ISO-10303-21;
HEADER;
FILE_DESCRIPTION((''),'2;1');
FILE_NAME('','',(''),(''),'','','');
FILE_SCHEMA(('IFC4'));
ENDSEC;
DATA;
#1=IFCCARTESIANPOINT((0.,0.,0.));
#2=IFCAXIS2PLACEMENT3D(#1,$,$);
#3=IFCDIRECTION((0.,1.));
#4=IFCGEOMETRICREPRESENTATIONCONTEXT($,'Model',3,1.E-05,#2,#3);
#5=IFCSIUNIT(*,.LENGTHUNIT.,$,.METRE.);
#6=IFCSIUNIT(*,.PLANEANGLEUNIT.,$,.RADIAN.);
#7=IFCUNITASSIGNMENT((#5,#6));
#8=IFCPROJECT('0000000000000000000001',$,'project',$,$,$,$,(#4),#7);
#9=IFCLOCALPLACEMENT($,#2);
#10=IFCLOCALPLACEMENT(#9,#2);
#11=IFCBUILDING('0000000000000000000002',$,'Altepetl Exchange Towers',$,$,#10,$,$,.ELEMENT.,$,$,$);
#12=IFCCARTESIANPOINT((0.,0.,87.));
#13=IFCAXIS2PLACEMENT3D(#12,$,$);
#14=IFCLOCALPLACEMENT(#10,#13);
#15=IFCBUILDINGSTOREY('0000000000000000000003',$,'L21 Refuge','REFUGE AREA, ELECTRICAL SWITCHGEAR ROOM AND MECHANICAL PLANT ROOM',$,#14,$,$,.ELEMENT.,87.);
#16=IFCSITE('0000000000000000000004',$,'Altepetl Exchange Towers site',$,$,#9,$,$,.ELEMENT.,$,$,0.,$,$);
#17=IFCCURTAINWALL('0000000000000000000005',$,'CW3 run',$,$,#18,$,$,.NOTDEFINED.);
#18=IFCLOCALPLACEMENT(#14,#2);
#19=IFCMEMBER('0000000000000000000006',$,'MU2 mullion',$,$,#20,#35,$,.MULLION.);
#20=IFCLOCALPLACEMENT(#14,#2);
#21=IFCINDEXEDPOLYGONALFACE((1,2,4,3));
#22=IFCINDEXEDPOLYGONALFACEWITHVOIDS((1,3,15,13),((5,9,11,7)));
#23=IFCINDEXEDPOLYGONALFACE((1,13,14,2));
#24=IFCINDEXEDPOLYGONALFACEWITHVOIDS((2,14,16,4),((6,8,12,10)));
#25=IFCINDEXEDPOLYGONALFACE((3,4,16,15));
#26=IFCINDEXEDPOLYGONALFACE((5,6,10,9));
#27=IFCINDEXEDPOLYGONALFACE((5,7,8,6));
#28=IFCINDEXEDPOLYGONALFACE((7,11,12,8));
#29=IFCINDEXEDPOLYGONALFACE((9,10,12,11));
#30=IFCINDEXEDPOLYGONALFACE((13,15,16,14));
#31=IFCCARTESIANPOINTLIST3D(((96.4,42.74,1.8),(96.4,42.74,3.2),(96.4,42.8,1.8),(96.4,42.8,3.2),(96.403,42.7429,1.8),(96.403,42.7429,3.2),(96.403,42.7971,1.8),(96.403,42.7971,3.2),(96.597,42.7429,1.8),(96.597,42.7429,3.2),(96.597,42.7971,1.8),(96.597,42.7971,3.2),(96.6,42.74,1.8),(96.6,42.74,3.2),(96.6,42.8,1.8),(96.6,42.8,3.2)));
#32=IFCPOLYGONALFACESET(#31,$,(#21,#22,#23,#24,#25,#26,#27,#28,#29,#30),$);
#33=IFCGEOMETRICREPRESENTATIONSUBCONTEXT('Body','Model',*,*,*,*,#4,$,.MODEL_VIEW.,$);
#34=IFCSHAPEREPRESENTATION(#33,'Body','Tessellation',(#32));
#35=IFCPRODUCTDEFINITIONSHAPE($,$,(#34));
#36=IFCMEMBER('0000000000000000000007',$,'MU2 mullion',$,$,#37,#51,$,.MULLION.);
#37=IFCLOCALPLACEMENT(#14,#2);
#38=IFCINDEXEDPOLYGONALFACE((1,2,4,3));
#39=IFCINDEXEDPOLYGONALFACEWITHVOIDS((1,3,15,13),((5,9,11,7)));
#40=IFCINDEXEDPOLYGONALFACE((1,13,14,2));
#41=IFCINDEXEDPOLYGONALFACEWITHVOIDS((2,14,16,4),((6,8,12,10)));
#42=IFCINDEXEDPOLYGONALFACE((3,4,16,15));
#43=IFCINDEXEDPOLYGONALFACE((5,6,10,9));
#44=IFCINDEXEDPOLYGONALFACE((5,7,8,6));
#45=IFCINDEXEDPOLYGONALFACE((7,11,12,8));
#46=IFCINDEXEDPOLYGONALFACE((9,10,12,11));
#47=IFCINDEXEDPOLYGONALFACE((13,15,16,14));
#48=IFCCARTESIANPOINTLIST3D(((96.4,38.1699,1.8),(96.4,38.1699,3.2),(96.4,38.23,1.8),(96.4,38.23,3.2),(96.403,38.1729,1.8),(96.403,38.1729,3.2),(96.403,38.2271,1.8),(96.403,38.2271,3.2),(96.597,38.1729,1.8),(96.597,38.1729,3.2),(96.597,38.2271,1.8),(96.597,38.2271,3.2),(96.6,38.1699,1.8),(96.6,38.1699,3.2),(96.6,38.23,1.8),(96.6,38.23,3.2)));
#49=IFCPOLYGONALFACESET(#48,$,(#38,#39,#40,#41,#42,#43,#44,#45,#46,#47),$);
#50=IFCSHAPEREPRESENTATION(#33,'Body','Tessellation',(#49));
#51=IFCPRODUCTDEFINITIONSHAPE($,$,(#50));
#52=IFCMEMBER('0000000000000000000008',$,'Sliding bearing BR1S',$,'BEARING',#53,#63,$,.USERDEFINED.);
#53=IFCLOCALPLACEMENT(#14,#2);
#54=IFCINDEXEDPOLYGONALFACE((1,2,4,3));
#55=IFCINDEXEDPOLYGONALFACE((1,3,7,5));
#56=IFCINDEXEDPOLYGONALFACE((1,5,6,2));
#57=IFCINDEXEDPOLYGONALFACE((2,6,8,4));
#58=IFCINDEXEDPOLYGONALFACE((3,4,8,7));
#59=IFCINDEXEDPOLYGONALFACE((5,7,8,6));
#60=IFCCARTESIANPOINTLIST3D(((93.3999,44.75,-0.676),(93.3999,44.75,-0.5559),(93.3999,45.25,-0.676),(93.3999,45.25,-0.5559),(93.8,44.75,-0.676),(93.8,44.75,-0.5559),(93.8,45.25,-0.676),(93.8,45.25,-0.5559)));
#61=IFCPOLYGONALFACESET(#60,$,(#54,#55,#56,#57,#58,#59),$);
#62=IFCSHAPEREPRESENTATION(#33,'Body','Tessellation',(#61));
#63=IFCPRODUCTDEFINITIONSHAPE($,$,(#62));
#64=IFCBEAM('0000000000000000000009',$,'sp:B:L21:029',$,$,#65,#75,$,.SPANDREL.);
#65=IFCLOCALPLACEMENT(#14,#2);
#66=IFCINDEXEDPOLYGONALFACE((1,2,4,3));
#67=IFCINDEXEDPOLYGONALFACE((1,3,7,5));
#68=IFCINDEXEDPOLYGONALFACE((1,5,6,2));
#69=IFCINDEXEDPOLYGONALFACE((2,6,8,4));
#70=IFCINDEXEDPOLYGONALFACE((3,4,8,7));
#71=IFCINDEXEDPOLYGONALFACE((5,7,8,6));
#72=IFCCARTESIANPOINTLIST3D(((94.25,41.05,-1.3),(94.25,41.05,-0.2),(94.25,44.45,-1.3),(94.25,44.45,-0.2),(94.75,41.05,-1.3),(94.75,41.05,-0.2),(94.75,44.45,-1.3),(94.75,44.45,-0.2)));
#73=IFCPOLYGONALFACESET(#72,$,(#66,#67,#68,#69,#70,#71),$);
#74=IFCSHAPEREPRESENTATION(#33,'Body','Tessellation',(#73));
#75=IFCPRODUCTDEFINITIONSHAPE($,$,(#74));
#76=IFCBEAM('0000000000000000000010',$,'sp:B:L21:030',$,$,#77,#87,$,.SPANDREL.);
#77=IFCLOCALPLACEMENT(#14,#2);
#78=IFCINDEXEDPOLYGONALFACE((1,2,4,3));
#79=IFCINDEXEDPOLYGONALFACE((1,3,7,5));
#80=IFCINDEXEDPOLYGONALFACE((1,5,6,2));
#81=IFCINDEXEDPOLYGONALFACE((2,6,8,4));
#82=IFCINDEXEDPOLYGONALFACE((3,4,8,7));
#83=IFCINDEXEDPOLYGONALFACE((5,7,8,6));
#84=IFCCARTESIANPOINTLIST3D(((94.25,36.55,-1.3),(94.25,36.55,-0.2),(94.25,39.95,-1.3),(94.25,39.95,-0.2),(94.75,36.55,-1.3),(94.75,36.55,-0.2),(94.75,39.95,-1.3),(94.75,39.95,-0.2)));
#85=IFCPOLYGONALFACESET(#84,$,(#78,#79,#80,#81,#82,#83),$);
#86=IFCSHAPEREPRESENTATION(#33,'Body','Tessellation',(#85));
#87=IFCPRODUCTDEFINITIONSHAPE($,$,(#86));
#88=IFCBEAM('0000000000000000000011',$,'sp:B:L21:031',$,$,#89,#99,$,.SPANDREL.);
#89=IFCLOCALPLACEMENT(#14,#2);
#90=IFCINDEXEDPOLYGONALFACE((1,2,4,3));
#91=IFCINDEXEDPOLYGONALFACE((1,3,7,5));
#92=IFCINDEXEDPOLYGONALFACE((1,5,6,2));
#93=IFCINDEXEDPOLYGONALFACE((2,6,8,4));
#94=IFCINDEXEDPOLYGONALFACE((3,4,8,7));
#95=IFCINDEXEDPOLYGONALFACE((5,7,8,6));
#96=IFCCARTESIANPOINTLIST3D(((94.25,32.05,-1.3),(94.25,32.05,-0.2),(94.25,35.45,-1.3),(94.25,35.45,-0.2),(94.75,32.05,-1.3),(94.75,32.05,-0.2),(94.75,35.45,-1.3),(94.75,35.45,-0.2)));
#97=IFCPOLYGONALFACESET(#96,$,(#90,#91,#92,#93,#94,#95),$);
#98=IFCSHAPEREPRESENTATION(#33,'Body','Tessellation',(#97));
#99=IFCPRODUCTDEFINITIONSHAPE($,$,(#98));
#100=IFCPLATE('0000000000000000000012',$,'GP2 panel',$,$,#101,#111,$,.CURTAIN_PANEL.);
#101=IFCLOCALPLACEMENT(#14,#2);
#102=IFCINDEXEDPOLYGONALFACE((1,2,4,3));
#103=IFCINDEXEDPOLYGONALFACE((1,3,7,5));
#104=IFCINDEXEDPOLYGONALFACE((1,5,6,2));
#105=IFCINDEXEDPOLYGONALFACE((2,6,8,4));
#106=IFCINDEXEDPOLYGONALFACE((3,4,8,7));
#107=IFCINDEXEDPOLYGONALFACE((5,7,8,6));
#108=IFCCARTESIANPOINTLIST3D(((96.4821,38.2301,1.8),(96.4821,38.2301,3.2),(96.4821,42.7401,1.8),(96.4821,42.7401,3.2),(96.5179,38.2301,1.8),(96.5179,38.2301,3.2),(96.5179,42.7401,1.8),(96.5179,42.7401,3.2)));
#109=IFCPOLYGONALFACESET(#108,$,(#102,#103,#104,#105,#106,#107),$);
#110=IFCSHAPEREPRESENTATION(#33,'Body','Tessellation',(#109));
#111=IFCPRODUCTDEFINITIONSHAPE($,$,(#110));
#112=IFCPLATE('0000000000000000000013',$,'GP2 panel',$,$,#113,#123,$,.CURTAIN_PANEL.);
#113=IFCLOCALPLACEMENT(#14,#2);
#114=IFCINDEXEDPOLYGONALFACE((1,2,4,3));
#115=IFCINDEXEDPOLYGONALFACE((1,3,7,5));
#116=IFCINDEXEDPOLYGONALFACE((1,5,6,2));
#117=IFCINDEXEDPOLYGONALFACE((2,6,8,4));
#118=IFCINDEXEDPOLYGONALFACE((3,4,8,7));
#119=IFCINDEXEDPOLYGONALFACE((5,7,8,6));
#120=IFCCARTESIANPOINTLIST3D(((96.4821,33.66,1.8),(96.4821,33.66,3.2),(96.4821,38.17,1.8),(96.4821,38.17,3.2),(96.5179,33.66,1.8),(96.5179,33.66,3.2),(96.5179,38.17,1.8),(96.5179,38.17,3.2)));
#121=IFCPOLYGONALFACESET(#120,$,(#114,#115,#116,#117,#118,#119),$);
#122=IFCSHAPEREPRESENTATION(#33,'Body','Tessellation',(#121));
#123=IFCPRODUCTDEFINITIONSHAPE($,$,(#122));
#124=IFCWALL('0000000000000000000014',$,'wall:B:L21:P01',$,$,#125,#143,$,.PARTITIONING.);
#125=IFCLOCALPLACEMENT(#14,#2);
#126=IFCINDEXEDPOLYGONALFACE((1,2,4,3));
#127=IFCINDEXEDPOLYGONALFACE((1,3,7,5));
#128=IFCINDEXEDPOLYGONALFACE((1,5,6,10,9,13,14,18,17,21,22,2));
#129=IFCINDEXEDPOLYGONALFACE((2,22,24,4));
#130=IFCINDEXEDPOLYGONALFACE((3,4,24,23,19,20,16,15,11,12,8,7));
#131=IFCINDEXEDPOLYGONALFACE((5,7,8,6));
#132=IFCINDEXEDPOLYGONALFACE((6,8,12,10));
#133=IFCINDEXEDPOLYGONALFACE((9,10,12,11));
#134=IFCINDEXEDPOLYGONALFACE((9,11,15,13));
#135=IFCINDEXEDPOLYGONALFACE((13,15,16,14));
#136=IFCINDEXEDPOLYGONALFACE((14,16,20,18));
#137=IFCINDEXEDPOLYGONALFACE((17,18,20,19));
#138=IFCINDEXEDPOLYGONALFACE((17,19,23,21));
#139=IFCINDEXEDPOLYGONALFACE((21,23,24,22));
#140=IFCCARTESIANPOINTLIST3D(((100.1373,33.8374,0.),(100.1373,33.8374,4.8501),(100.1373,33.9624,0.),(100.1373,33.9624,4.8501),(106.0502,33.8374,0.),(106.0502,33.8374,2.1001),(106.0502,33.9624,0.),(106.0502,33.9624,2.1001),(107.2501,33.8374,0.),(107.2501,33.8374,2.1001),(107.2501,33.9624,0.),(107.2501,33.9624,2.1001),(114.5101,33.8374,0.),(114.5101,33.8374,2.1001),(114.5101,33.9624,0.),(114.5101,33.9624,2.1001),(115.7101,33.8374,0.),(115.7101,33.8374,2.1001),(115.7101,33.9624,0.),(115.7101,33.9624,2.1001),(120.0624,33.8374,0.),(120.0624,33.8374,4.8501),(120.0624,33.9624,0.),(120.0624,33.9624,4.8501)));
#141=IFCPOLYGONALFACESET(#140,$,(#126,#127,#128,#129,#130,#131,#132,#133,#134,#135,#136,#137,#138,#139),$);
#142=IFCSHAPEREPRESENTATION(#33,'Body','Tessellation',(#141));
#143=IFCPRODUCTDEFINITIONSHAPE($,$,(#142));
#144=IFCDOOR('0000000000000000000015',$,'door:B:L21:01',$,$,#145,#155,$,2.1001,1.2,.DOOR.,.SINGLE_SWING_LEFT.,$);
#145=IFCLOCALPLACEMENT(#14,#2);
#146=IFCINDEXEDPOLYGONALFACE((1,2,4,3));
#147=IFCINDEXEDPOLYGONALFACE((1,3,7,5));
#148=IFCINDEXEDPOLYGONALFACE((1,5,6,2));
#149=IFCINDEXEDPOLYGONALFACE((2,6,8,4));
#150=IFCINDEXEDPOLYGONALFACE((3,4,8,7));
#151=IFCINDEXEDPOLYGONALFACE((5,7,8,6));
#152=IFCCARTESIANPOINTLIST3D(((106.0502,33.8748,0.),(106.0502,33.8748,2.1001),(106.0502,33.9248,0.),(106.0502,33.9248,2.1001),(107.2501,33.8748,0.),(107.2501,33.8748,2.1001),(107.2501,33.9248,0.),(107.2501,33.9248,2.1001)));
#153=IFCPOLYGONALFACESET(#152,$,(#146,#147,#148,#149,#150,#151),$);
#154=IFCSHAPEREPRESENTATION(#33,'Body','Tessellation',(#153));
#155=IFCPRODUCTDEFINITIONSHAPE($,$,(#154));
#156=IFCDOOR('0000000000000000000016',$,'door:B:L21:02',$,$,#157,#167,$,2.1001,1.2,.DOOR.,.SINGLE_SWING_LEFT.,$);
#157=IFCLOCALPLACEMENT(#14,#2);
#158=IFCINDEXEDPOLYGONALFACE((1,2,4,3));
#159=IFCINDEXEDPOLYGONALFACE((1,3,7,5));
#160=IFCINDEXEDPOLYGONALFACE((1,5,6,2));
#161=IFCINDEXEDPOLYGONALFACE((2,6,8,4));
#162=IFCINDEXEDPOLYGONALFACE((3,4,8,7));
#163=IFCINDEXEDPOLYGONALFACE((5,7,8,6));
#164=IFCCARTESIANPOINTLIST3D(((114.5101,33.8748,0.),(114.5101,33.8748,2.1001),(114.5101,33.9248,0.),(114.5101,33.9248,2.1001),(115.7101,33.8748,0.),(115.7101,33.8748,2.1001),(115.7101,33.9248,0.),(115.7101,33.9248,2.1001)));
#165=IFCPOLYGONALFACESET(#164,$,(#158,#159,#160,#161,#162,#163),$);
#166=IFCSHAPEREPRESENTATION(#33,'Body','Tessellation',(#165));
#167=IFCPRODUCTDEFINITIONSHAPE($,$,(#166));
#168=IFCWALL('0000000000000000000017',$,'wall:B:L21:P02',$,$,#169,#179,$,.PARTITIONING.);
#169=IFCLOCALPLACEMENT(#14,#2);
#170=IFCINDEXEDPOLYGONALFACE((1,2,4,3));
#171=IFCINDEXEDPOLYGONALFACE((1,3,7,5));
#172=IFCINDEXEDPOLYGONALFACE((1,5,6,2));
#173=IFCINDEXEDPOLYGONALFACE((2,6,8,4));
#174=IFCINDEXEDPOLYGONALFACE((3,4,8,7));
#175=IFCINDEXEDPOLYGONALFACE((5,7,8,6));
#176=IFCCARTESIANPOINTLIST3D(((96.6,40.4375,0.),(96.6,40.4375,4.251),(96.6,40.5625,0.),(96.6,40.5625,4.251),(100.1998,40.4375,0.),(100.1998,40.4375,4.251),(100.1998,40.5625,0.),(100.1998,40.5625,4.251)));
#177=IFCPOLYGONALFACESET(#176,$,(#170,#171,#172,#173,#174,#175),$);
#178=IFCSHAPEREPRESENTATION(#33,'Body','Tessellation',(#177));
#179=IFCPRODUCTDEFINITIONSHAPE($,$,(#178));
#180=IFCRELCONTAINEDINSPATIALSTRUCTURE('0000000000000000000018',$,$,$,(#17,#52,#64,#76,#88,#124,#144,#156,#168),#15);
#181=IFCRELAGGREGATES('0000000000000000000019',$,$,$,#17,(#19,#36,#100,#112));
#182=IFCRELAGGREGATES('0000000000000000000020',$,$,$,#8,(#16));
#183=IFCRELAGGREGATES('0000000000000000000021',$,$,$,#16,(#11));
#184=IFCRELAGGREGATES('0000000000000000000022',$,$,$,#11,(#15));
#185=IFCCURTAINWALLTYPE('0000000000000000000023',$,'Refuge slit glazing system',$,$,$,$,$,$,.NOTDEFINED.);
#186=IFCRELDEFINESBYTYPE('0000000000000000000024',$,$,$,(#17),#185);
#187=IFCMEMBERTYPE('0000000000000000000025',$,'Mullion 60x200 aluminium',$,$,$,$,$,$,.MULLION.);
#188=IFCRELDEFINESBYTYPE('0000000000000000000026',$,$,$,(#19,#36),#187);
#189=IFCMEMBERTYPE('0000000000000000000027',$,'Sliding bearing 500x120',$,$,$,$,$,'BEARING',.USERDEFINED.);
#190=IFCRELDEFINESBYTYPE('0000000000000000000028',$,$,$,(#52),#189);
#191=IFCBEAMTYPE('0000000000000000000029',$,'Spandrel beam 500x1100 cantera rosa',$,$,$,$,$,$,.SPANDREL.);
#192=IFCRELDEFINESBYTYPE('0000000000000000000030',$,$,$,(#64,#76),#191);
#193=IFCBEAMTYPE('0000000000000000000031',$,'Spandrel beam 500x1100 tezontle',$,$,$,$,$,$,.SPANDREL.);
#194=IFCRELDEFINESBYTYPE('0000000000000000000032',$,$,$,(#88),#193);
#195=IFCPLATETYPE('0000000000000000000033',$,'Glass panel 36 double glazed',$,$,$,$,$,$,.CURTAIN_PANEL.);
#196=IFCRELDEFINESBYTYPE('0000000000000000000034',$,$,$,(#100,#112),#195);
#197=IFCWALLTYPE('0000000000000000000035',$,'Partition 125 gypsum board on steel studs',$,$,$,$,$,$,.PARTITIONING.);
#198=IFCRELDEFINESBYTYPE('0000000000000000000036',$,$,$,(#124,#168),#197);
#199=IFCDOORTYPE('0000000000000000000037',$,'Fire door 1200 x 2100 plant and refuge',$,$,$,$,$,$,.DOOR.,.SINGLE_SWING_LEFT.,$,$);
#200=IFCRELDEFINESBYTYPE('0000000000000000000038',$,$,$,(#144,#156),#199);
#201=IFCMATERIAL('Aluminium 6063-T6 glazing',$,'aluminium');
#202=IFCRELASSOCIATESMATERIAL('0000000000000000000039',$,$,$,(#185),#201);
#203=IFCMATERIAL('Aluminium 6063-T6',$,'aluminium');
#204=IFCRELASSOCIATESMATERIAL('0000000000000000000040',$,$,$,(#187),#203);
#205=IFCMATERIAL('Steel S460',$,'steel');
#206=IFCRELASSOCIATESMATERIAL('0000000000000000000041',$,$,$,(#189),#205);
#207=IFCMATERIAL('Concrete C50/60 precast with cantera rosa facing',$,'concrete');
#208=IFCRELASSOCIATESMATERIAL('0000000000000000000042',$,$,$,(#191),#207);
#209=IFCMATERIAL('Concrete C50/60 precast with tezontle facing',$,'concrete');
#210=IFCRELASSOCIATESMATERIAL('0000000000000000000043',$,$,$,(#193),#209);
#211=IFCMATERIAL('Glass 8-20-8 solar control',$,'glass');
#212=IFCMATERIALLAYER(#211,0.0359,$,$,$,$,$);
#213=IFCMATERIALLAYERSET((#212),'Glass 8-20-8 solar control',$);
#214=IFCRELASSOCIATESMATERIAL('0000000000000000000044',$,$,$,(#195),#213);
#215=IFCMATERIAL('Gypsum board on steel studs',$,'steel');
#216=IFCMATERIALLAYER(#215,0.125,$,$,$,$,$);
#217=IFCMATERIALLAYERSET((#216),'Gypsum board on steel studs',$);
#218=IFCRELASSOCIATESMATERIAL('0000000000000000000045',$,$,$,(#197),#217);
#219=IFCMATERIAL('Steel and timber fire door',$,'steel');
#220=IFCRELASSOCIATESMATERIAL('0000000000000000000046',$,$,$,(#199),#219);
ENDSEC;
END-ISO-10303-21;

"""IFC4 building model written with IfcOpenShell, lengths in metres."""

from ifc_helpers import new_model, si_unit, direction, frame, frame_2d, origin, origin_2d, place, context, subcontext, project, spatial, rectangle, hollow_rectangle, extrude, material, layer, layer_set, material_profile, profile_set, type_object, element, fill, aggregate, save


model = new_model("IFC4")

# Units and contexts
model_context = context("Model", 3, precision=1e-05, world=origin(), true_north=direction((0.0, 1.0)))
body_context = subcontext(model_context, "Body", "Model", "MODEL_VIEW")
ifc_project = project(units=[si_unit("LENGTHUNIT", "METRE"), si_unit("PLANEANGLEUNIT", "RADIAN")], contexts=[model_context])

# Site, building, storey
site_placement = place(None, origin())
site = spatial("IfcSite", under=ifc_project, at=site_placement, Name="Altepetl Exchange Towers site", CompositionType="ELEMENT", RefElevation=0.0)
building_placement = place(site_placement, origin())
building = spatial("IfcBuilding", under=site, at=building_placement, Name="Altepetl Exchange Towers", CompositionType="ELEMENT")
storey_placement = place(building_placement, frame((0.0, 0.0, 87.0)))
storey = spatial("IfcBuildingStorey", under=building, at=storey_placement, Name="L21 Refuge", Description="REFUGE AREA, ELECTRICAL SWITCHGEAR ROOM AND MECHANICAL PLANT ROOM", CompositionType="ELEMENT", Elevation=87.0)

# Shared definitions
ifc_material_1 = material(Name="Aluminium 6063-T6 glazing", Category="aluminium")
ifc_material_2 = material(Name="Aluminium 6063-T6", Category="aluminium")

# Curtain wall, members
curtain_wall_type_1 = type_object("IfcCurtainWallType", Name="Refuge slit glazing system", PredefinedType="NOTDEFINED", material=ifc_material_1)
curtain_wall_1_placement = place(storey_placement, origin())
curtain_wall_1 = element("IfcCurtainWall", 1, at=curtain_wall_1_placement, inside=storey, type_object=curtain_wall_type_1, Name="CW3 run", PredefinedType="NOTDEFINED")
ifc_material_profile_1 = material_profile(ifc_material_2, hollow_rectangle(XDim=0.0601, YDim=0.2, WallThickness=0.0029, at=origin_2d()), Name="Mullion 60x200 aluminium")
ifc_profile_set_1 = profile_set([ifc_material_profile_1], Name="Aluminium 6063-T6")
member_type_1 = type_object("IfcMemberType", Name="Mullion 60x200 aluminium", PredefinedType="MULLION", material=ifc_profile_set_1)
member_1_placement = place(storey_placement, frame((96.5, 42.77, 1.8), z_axis=(0.0, 0.0, 1.0), x_axis=(0.0, -1.0, 0.0)))
member_1 = element("IfcMember", 2, at=member_1_placement, type_object=member_type_1, Name="MU2 mullion", PredefinedType="MULLION", context=body_context, shape_type="SweptSolid", body=[
    extrude(hollow_rectangle(XDim=0.0601, YDim=0.2, WallThickness=0.0029, at=origin_2d()), origin(), (0.0, 0.0, 1.0), 1.3999),
])
member_2_placement = place(storey_placement, frame((96.5, 38.2, 1.8), z_axis=(0.0, 0.0, 1.0), x_axis=(0.0, -1.0, 0.0)))
member_2 = element("IfcMember", 3, at=member_2_placement, type_object=member_type_1, Name="MU2 mullion", PredefinedType="MULLION", context=body_context, shape_type="SweptSolid", body=[
    extrude(hollow_rectangle(XDim=0.0601, YDim=0.2, WallThickness=0.0029, at=origin_2d()), origin(), (0.0, 0.0, 1.0), 1.3999),
])

# Member
ifc_material_3 = material(Name="Steel S460", Category="steel")
ifc_material_profile_2 = material_profile(ifc_material_3, rectangle(XDim=0.5, YDim=0.1201, at=origin_2d()), Name="500 x 120")
ifc_profile_set_2 = profile_set([ifc_material_profile_2], Name="Steel S460")
member_type_2 = type_object("IfcMemberType", Name="Sliding bearing 500x120", ElementType="BEARING", PredefinedType="USERDEFINED", material=ifc_profile_set_2)
member_3_placement = place(storey_placement, frame((93.3999, 45.0, -0.616), z_axis=(1.0, 0.0, 0.0), x_axis=(0.0, 1.0, 0.0)))
element("IfcMember", 4, at=member_3_placement, inside=storey, type_object=member_type_2, Name="Sliding bearing BR1S", ObjectType="BEARING", PredefinedType="USERDEFINED", context=body_context, shape_type="SweptSolid", body=[
    extrude(rectangle(XDim=0.5, YDim=0.1201, at=origin_2d()), origin(), (0.0, 0.0, 1.0), 0.4001),
])

# Beams
ifc_material_4 = material(Name="Concrete C50/60 precast with cantera rosa facing", Category="concrete")
ifc_material_profile_3 = material_profile(ifc_material_4, rectangle(XDim=0.5, YDim=1.1001, at=origin_2d()), Name="500 x 1100")
ifc_profile_set_3 = profile_set([ifc_material_profile_3], Name="Concrete C50/60 precast with cantera rosa facing")
beam_type_1 = type_object("IfcBeamType", Name="Spandrel beam 500x1100 cantera rosa", PredefinedType="SPANDREL", material=ifc_profile_set_3)
for number, where, z_axis, x_axis, name in (
    (5, (94.5, 44.45, -0.75), (0.0, -1.0, 0.0), (1.0, 0.0, 0.0), "sp:B:L21:029"),
    (6, (94.5, 39.95, -0.75), (0.0, -1.0, 0.0), (1.0, 0.0, 0.0), "sp:B:L21:030"),
):
    element("IfcBeam", number, at=place(storey_placement, frame(where, z_axis=z_axis, x_axis=x_axis)), inside=storey, type_object=beam_type_1, Name=name, PredefinedType="SPANDREL", context=body_context, shape_type="SweptSolid", body=[
        extrude(rectangle(XDim=0.5, YDim=1.1001, at=origin_2d()), origin(), (0.0, 0.0, 1.0), 3.3999),
    ])
ifc_material_5 = material(Name="Concrete C50/60 precast with tezontle facing", Category="concrete")
ifc_material_profile_4 = material_profile(ifc_material_5, rectangle(XDim=0.5, YDim=1.1001, at=origin_2d()), Name="500 x 1100")
ifc_profile_set_4 = profile_set([ifc_material_profile_4], Name="Concrete C50/60 precast with tezontle facing")
beam_type_2 = type_object("IfcBeamType", Name="Spandrel beam 500x1100 tezontle", PredefinedType="SPANDREL", material=ifc_profile_set_4)
beam_1_placement = place(storey_placement, frame((94.5, 35.45, -0.75), z_axis=(0.0, -1.0, 0.0), x_axis=(1.0, 0.0, 0.0)))
element("IfcBeam", 7, at=beam_1_placement, inside=storey, type_object=beam_type_2, Name="sp:B:L21:031", PredefinedType="SPANDREL", context=body_context, shape_type="SweptSolid", body=[
    extrude(rectangle(XDim=0.5, YDim=1.1001, at=origin_2d()), origin(), (0.0, 0.0, 1.0), 3.3999),
])

# Plates
ifc_material_6 = material(Name="Glass 8-20-8 solar control", Category="glass")
ifc_layer_1 = layer(ifc_material_6, 0.0359)
ifc_layer_set_1 = layer_set([ifc_layer_1], Name="Glass 8-20-8 solar control")
plate_type = type_object("IfcPlateType", Name="Glass panel 36 double glazed", PredefinedType="CURTAIN_PANEL", material=ifc_layer_set_1)
plate_1_placement = place(storey_placement, frame((96.5, 40.4851, 1.8), z_axis=(0.0, 0.0, 1.0), x_axis=(0.0, -1.0, 0.0)))
plate_1 = element("IfcPlate", 8, at=plate_1_placement, type_object=plate_type, Name="GP2 panel", PredefinedType="CURTAIN_PANEL", context=body_context, shape_type="SweptSolid", body=[
    extrude(rectangle(XDim=4.51, YDim=0.0359, at=origin_2d()), origin(), (0.0, 0.0, 1.0), 1.3999),
])
plate_2_placement = place(storey_placement, frame((96.5, 35.915, 1.8), z_axis=(0.0, 0.0, 1.0), x_axis=(0.0, -1.0, 0.0)))
plate_2 = element("IfcPlate", 9, at=plate_2_placement, type_object=plate_type, Name="GP2 panel", PredefinedType="CURTAIN_PANEL", context=body_context, shape_type="SweptSolid", body=[
    extrude(rectangle(XDim=4.51, YDim=0.0359, at=origin_2d()), origin(), (0.0, 0.0, 1.0), 1.3999),
])
aggregate(curtain_wall_1, [member_1, member_2, plate_1, plate_2])

# Wall, openings, doors
ifc_material_7 = material(Name="Gypsum board on steel studs", Category="steel")
ifc_layer_2 = layer(ifc_material_7, 0.125)
ifc_layer_set_2 = layer_set([ifc_layer_2], Name="Gypsum board on steel studs")
wall_type_1 = type_object("IfcWallType", Name="Partition 125 gypsum board on steel studs", PredefinedType="PARTITIONING", material=ifc_layer_set_2)
wall_1_placement = place(storey_placement, frame((100.1375, 33.8999, 0.0)))
wall_1 = element("IfcWall", 10, at=wall_1_placement, inside=storey, type_object=wall_type_1, Name="wall:B:L21:P01", PredefinedType="PARTITIONING", context=body_context, shape_type="SweptSolid", body=[
    extrude(rectangle(XDim=19.925, YDim=0.125, at=frame_2d((9.9624, 0.0))), origin(), (0.0, 0.0, 1.0), 4.8501),
])
opening_1_placement = place(wall_1_placement, frame((5.9126, 0.0, 0.0)))
opening_1 = element("IfcOpeningElement", 11, at=opening_1_placement, cuts=wall_1, PredefinedType="OPENING", context=body_context, shape_type="SweptSolid", body=[
    extrude(rectangle(XDim=1.2, YDim=2.1001, at=frame_2d((0.6001, 1.05))), frame((0.0, 0.0725, 0.0), z_axis=(0.0, -1.0, 0.0), x_axis=(1.0, 0.0, 0.0)), (0.0, 0.0, 1.0), 0.145),
])
opening_2_placement = place(wall_1_placement, frame((14.3726, 0.0, 0.0)))
opening_2 = element("IfcOpeningElement", 12, at=opening_2_placement, cuts=wall_1, PredefinedType="OPENING", context=body_context, shape_type="SweptSolid", body=[
    extrude(rectangle(XDim=1.2, YDim=2.1001, at=frame_2d((0.6001, 1.05))), frame((0.0, 0.0725, 0.0), z_axis=(0.0, -1.0, 0.0), x_axis=(1.0, 0.0, 0.0)), (0.0, 0.0, 1.0), 0.145),
])
ifc_material_8 = material(Name="Steel and timber fire door", Category="steel")
door_type_1 = type_object("IfcDoorType", Name="Fire door 1200 x 2100 plant and refuge", OperationType="SINGLE_SWING_LEFT", PredefinedType="DOOR", material=ifc_material_8)
door_1_placement = place(opening_1_placement, origin())
door_1 = element("IfcDoor", 13, at=door_1_placement, inside=storey, type_object=door_type_1, Name="door:B:L21:01", OperationType="SINGLE_SWING_LEFT", OverallHeight=2.1001, OverallWidth=1.2, PredefinedType="DOOR", context=body_context, shape_type="SweptSolid", body=[
    extrude(rectangle(XDim=1.2, YDim=2.1001, at=frame_2d((0.6001, 1.05))), frame((0.0, 0.0249, 0.0), z_axis=(0.0, -1.0, 0.0), x_axis=(1.0, 0.0, 0.0)), (0.0, 0.0, 1.0), 0.05),
])
fill(opening_1, door_1)
door_2_placement = place(opening_2_placement, origin())
door_2 = element("IfcDoor", 14, at=door_2_placement, inside=storey, type_object=door_type_1, Name="door:B:L21:02", OperationType="SINGLE_SWING_LEFT", OverallHeight=2.1001, OverallWidth=1.2, PredefinedType="DOOR", context=body_context, shape_type="SweptSolid", body=[
    extrude(rectangle(XDim=1.2, YDim=2.1001, at=frame_2d((0.6001, 1.05))), frame((0.0, 0.0249, 0.0), z_axis=(0.0, -1.0, 0.0), x_axis=(1.0, 0.0, 0.0)), (0.0, 0.0, 1.0), 0.05),
])
fill(opening_2, door_2)

# Wall
wall_2_placement = place(storey_placement, frame((96.6001, 40.5, 0.0)))
element("IfcWall", 15, at=wall_2_placement, inside=storey, type_object=wall_type_1, Name="wall:B:L21:P02", PredefinedType="PARTITIONING", context=body_context, shape_type="SweptSolid", body=[
    extrude(rectangle(XDim=3.5999, YDim=0.125, at=frame_2d((1.7998, 0.0))), origin(), (0.0, 0.0, 1.0), 4.251),
])

save(model, "model.ifc")
